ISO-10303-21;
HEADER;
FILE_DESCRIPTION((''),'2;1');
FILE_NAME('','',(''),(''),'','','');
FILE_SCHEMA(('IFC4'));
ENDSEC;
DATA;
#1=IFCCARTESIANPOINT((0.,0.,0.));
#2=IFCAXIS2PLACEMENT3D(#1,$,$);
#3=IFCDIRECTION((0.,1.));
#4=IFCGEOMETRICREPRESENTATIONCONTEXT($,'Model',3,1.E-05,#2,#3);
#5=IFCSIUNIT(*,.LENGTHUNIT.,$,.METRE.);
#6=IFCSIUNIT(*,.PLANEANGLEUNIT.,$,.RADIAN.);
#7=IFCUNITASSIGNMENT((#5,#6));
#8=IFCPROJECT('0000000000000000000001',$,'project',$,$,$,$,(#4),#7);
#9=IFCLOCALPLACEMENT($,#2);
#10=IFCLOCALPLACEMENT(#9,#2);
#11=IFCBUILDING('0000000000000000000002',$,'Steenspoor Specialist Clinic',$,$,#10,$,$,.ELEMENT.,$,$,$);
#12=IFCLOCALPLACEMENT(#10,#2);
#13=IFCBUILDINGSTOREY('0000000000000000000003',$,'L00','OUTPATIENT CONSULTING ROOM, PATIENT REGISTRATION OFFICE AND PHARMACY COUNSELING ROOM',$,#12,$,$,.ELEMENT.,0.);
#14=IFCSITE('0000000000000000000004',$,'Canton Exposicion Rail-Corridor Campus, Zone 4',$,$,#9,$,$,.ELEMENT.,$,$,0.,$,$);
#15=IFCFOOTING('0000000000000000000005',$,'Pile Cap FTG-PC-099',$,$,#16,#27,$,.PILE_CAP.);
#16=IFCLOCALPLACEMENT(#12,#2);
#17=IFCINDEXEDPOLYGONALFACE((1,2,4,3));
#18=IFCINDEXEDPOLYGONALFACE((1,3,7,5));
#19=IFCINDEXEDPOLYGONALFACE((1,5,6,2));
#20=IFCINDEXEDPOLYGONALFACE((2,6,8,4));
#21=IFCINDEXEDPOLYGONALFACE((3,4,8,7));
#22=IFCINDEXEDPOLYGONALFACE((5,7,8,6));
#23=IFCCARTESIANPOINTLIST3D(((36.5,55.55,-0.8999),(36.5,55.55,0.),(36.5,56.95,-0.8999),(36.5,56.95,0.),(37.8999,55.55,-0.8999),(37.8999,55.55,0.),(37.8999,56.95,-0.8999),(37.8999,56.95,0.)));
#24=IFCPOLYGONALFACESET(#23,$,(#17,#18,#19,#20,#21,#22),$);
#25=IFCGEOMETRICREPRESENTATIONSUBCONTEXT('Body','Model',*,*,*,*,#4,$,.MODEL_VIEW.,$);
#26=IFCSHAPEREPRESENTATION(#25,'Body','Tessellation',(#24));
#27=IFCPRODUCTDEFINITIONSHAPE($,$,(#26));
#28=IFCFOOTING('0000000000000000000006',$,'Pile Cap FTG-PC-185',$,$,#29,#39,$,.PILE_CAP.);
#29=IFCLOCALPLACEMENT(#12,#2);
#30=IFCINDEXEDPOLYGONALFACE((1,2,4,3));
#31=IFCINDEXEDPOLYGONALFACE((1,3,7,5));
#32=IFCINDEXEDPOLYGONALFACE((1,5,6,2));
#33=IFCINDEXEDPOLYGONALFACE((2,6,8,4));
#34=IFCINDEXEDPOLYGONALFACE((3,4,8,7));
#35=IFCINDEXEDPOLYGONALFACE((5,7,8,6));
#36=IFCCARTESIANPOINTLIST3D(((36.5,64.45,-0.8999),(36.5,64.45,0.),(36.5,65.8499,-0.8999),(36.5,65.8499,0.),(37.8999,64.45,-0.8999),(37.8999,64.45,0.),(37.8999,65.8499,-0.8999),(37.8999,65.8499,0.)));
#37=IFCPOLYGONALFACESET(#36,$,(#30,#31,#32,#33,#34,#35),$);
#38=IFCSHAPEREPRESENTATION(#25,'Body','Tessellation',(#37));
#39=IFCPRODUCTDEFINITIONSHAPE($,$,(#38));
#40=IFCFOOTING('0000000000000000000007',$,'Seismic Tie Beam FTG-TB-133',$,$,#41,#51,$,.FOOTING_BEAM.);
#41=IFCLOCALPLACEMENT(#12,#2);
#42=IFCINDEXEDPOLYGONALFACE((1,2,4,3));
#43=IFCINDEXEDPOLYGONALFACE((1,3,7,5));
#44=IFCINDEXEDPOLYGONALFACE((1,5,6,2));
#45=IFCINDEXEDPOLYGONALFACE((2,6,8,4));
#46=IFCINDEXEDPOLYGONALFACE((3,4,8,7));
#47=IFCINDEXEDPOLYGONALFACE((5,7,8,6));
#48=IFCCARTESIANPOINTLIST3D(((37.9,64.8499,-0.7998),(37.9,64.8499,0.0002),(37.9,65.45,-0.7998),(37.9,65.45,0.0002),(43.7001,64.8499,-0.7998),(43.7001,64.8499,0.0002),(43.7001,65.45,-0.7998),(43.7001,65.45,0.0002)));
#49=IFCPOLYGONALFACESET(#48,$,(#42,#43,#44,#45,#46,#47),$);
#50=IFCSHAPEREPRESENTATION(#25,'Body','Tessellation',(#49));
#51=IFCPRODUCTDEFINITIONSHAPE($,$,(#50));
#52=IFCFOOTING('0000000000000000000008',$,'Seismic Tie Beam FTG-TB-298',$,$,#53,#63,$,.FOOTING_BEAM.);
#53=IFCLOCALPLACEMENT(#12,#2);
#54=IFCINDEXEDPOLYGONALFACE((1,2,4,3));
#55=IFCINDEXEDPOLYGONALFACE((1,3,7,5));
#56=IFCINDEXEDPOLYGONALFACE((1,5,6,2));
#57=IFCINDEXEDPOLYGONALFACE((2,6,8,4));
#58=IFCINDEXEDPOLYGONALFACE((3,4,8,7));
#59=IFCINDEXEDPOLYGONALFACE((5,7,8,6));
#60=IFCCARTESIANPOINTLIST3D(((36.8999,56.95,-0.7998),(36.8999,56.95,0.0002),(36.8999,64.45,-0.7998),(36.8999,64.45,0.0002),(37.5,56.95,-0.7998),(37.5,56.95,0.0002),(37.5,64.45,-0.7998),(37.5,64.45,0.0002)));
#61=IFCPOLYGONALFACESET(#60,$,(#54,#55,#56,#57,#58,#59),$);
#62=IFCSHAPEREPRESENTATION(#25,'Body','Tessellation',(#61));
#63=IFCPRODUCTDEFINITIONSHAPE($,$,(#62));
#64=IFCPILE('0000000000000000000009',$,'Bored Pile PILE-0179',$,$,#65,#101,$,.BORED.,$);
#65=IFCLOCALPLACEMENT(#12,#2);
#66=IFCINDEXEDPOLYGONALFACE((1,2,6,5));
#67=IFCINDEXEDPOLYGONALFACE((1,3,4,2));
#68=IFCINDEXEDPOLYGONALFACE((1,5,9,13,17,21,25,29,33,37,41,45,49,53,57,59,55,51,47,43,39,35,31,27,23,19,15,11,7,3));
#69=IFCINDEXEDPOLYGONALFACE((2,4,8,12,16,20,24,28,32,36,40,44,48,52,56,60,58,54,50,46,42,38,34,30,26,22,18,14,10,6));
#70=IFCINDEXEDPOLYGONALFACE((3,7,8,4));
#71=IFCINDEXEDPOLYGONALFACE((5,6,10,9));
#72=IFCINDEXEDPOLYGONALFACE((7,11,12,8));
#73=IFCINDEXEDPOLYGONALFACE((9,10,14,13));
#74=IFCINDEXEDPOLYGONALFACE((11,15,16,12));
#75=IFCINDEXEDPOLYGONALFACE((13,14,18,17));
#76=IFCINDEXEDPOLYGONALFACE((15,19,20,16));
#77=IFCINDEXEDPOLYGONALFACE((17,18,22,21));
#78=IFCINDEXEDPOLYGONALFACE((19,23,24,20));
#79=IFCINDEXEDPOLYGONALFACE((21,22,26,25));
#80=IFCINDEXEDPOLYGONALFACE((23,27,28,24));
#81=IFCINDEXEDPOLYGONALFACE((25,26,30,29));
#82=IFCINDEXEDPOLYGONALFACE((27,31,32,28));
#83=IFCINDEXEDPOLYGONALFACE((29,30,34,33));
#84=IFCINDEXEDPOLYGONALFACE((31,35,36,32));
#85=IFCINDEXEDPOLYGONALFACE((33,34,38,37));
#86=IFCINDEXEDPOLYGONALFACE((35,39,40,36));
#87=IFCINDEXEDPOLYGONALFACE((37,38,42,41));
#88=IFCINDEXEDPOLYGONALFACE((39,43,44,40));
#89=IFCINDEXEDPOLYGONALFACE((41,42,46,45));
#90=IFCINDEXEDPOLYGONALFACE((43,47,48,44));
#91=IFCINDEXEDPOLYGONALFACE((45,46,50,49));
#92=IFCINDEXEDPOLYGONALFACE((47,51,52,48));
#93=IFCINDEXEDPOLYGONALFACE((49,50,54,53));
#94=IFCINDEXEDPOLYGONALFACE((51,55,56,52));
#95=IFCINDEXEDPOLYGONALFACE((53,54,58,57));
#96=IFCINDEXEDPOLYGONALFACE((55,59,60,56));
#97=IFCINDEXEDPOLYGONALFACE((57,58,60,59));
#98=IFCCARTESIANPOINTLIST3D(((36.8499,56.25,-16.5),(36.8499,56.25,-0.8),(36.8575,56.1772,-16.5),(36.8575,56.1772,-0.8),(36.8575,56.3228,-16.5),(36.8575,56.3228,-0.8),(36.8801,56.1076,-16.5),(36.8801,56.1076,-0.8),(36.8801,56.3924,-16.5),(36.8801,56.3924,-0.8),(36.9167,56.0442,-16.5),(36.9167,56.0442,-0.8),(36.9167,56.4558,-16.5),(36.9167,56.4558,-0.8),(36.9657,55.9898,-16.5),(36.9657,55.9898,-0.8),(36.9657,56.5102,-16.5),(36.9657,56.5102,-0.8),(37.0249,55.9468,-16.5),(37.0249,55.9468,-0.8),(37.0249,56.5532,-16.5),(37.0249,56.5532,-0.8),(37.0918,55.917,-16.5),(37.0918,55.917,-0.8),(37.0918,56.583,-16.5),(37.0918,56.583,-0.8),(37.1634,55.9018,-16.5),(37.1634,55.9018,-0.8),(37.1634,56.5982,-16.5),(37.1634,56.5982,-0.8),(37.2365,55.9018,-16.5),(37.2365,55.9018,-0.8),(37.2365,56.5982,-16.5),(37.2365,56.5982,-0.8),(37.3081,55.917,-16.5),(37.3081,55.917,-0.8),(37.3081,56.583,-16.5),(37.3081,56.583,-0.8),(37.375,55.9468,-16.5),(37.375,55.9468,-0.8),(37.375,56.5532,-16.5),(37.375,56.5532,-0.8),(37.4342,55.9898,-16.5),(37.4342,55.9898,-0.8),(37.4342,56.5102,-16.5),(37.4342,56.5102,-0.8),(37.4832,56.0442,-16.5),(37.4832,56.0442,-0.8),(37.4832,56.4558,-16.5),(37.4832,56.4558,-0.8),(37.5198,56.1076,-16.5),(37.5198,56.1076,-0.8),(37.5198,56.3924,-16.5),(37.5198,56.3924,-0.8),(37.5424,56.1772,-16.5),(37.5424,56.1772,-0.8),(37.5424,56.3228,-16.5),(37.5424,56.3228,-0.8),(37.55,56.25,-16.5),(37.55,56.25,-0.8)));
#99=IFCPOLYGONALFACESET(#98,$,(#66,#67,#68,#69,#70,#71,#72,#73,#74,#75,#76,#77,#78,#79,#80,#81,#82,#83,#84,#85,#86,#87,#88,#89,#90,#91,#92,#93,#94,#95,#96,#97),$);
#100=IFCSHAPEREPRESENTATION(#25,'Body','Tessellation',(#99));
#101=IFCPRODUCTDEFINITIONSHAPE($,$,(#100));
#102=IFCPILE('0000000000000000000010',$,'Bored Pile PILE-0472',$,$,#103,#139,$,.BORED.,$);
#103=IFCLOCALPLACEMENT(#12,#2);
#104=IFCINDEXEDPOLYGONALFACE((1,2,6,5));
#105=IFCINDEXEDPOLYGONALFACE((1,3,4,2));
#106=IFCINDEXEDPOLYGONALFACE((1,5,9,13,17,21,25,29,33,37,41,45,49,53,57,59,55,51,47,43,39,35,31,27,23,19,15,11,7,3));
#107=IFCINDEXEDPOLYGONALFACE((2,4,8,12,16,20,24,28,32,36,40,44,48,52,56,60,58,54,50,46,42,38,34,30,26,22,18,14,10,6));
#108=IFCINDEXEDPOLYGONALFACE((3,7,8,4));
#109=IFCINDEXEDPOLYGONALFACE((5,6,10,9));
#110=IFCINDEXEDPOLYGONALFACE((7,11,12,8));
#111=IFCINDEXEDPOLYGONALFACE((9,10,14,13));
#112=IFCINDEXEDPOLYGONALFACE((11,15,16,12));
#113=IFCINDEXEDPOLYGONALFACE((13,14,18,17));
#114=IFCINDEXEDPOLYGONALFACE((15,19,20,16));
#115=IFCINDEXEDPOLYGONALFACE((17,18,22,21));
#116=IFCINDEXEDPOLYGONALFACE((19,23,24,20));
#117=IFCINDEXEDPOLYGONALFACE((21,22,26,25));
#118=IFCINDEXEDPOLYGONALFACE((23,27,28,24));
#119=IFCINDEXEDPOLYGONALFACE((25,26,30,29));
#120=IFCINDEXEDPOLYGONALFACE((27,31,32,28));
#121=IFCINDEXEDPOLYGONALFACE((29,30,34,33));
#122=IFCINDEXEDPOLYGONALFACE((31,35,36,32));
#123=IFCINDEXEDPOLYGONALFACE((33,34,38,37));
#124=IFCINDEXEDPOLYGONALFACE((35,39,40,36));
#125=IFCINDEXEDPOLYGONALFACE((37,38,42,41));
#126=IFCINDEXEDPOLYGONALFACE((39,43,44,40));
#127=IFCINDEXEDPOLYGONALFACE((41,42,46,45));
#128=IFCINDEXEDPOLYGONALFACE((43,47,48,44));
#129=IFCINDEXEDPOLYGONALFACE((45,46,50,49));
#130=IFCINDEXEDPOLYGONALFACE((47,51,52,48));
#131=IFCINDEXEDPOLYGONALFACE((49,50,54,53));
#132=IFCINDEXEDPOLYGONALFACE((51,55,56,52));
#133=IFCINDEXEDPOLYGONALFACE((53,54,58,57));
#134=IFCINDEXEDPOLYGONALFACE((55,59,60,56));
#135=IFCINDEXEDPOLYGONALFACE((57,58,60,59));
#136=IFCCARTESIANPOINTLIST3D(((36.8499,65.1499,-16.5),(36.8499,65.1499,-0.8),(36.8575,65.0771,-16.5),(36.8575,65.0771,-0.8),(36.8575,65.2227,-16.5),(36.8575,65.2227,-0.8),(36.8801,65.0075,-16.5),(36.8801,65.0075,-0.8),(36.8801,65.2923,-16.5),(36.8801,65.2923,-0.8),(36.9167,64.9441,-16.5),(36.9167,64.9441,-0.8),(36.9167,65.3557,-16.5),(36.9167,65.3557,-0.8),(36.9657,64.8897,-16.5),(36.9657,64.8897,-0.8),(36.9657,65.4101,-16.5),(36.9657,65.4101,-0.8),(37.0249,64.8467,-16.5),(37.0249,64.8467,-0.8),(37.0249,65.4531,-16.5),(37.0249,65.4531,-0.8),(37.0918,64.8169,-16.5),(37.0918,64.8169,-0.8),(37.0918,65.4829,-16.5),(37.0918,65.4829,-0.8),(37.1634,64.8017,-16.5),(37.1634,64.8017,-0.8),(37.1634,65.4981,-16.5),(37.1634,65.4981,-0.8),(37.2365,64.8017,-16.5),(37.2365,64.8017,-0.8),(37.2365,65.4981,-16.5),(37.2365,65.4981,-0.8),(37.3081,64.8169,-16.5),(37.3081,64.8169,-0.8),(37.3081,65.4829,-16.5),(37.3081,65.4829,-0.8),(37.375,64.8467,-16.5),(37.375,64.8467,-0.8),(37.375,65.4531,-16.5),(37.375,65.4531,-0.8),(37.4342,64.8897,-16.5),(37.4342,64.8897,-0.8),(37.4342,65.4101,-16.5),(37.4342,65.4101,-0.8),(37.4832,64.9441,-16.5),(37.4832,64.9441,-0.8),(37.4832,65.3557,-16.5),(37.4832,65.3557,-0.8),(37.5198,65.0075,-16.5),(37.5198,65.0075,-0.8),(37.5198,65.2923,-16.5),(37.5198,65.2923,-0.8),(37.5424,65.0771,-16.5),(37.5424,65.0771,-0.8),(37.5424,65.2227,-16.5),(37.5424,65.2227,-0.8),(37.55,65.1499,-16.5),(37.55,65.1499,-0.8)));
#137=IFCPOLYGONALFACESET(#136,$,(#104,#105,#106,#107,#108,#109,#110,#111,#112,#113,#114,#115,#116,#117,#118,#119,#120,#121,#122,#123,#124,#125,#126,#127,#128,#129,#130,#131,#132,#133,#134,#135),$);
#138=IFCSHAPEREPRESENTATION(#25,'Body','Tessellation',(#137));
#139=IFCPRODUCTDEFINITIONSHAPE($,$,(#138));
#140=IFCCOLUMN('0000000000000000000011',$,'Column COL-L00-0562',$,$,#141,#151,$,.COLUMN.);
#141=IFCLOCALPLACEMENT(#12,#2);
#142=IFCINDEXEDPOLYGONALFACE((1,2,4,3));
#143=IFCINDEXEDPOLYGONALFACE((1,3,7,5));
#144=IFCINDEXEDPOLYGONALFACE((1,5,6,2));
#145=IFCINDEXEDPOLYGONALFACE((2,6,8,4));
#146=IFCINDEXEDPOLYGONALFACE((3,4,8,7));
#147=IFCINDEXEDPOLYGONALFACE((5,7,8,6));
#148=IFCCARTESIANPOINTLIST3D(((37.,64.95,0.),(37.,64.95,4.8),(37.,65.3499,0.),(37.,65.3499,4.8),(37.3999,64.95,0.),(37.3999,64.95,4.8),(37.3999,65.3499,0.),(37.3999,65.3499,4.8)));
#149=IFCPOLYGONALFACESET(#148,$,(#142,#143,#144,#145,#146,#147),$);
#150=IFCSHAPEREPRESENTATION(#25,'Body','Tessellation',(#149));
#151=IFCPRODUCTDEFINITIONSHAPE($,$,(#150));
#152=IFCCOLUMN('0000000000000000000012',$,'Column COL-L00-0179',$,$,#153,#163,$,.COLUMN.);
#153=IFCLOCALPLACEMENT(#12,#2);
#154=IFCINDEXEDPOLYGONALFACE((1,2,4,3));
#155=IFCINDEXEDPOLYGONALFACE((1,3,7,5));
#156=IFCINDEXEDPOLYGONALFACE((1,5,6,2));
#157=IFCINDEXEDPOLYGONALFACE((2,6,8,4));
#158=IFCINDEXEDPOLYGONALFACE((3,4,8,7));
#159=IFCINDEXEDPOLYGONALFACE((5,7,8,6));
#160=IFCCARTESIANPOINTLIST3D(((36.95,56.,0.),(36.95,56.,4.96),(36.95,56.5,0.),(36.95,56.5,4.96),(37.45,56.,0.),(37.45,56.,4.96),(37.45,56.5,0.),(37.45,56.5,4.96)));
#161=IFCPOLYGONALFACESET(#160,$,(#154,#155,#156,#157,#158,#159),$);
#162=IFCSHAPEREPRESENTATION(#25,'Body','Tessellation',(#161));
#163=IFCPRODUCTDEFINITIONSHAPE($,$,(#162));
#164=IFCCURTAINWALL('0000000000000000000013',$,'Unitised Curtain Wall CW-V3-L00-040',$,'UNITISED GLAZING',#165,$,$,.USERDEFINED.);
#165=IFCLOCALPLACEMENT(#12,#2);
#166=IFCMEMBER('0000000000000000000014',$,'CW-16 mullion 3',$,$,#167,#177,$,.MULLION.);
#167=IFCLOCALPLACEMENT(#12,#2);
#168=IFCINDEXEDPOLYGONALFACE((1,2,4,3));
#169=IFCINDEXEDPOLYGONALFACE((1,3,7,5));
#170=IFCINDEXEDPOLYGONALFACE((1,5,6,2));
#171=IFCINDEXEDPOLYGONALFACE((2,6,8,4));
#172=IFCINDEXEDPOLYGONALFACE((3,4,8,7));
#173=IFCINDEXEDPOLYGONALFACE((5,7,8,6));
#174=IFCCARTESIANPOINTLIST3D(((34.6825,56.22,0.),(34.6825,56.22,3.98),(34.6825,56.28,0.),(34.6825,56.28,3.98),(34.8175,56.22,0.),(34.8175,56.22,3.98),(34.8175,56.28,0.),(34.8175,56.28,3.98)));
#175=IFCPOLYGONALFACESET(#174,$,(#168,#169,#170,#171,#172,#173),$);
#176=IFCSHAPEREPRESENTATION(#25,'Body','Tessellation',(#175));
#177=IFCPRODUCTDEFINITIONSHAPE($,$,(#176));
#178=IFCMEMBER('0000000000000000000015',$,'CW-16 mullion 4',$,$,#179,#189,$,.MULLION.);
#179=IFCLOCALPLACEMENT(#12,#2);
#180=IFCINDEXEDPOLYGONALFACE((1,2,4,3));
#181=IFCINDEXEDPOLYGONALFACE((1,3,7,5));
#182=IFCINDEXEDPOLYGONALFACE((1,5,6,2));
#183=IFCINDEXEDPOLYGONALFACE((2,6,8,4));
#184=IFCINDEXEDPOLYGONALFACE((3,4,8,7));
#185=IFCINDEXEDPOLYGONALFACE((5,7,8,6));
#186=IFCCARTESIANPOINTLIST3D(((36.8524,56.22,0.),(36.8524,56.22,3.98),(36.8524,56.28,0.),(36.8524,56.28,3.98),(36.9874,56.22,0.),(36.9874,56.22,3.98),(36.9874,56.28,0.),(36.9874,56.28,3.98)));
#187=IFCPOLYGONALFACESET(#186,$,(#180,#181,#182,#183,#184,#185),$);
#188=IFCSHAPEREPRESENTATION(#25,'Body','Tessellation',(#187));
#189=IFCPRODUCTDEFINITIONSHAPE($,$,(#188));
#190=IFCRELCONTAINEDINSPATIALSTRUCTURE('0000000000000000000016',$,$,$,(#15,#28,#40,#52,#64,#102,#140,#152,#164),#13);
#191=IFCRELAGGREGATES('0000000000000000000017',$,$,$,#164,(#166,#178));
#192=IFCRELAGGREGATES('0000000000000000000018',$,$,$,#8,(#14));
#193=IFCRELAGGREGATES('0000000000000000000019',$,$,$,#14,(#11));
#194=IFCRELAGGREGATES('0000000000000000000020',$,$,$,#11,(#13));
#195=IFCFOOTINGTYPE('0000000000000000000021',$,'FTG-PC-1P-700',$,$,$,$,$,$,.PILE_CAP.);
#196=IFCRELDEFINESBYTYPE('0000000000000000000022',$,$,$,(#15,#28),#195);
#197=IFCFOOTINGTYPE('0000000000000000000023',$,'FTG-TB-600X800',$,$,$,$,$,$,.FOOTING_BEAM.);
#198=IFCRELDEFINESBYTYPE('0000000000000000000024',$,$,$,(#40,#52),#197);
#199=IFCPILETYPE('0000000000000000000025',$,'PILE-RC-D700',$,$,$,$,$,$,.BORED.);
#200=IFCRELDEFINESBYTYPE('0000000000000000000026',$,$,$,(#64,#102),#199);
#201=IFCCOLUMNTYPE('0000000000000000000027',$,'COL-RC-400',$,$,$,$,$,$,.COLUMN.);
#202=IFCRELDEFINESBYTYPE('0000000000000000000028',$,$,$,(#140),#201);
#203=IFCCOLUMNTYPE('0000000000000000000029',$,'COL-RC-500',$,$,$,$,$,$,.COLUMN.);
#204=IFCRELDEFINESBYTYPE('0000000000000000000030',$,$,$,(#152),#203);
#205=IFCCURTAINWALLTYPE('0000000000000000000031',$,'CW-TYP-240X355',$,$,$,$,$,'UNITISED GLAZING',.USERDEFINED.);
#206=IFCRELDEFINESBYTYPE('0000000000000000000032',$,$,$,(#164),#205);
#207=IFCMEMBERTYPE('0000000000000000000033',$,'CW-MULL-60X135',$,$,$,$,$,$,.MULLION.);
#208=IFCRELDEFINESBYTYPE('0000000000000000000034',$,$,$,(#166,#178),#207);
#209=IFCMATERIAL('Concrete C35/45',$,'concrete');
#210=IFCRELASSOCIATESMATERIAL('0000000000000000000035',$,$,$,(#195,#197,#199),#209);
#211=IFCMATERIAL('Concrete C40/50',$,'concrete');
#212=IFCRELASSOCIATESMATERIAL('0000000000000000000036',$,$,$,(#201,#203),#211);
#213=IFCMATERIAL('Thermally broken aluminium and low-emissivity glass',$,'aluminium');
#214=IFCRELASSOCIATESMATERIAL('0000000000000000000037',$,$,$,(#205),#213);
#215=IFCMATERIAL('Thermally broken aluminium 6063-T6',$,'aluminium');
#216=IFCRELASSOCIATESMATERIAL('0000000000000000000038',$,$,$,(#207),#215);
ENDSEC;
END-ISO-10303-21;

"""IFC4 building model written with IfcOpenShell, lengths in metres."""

from ifc_helpers import new_model, si_unit, direction, frame, origin, origin_2d, place, context, subcontext, project, spatial, rectangle, circle, extrude, material, material_profile, profile_set, type_object, element, aggregate, save


model = new_model("IFC4")

# Units and contexts
model_context = context("Model", 3, precision=1e-05, world=origin(), true_north=direction((0.0, 1.0)))
body_context = subcontext(model_context, "Body", "Model", "MODEL_VIEW")
ifc_project = project(units=[si_unit("LENGTHUNIT", "METRE"), si_unit("PLANEANGLEUNIT", "RADIAN")], contexts=[model_context])

# Site, building, storey
site_placement = place(None, origin())
site = spatial("IfcSite", under=ifc_project, at=site_placement, Name="Canton Exposicion Rail-Corridor Campus, Zone 4", CompositionType="ELEMENT", RefElevation=0.0)
building_placement = place(site_placement, origin())
building = spatial("IfcBuilding", under=site, at=building_placement, Name="Steenspoor Specialist Clinic", CompositionType="ELEMENT")
storey_placement = place(building_placement, origin())
storey = spatial("IfcBuildingStorey", under=building, at=storey_placement, Name="L00", Description="OUTPATIENT CONSULTING ROOM, PATIENT REGISTRATION OFFICE AND PHARMACY COUNSELING ROOM", CompositionType="ELEMENT", Elevation=0.0)

# Footings
ifc_material_1 = material(Name="Concrete C35/45", Category="concrete")
footing_type_1 = type_object("IfcFootingType", Name="FTG-PC-1P-700", PredefinedType="PILE_CAP", material=ifc_material_1)
for number, where, z_axis, x_axis, name in (
    (1, (37.2, 56.25, -0.8999), (0.0, 0.0, 1.0), (1.0, 0.0, 0.0), "Pile Cap FTG-PC-099"),
    (2, (37.2, 65.1499, -0.8999), (0.0, 0.0, 1.0), (1.0, 0.0, 0.0), "Pile Cap FTG-PC-185"),
):
    element("IfcFooting", number, at=place(storey_placement, frame(where, z_axis=z_axis, x_axis=x_axis)), inside=storey, type_object=footing_type_1, Name=name, PredefinedType="PILE_CAP", context=body_context, shape_type="SweptSolid", body=[
        extrude(rectangle(XDim=1.3999, YDim=1.3999, at=origin_2d()), origin(), (0.0, 0.0, 1.0), 0.8999),
    ])
footing_type_2 = type_object("IfcFootingType", Name="FTG-TB-600X800", PredefinedType="FOOTING_BEAM", material=ifc_material_1)
footing_1_placement = place(storey_placement, frame((40.8, 65.1499, -0.7998), z_axis=(0.0, 0.0, 1.0), x_axis=(1.0, 0.0, 0.0)))
element("IfcFooting", 3, at=footing_1_placement, inside=storey, type_object=footing_type_2, Name="Seismic Tie Beam FTG-TB-133", PredefinedType="FOOTING_BEAM", context=body_context, shape_type="SweptSolid", body=[
    extrude(rectangle(XDim=5.8, YDim=0.6001, at=origin_2d()), origin(), (0.0, 0.0, 1.0), 0.8),
])
footing_2_placement = place(storey_placement, frame((37.2, 60.7, -0.7998), z_axis=(0.0, 0.0, 1.0), x_axis=(1.0, 0.0, 0.0)))
element("IfcFooting", 4, at=footing_2_placement, inside=storey, type_object=footing_type_2, Name="Seismic Tie Beam FTG-TB-298", PredefinedType="FOOTING_BEAM", context=body_context, shape_type="SweptSolid", body=[
    extrude(rectangle(XDim=0.6001, YDim=7.5, at=origin_2d()), origin(), (0.0, 0.0, 1.0), 0.8),
])

# Piles
ifc_material_profile_1 = material_profile(ifc_material_1, circle(Radius=0.3501, at=origin_2d()), Name="PILE-D700")
ifc_profile_set_1 = profile_set([ifc_material_profile_1], Name="Concrete C35/45")
pile_type = type_object("IfcPileType", Name="PILE-RC-D700", PredefinedType="BORED", material=ifc_profile_set_1)
for number, where, z_axis, x_axis, name in (
    (5, (37.2, 56.25, -0.8), (0.0, 0.0, -1.0), (1.0, 0.0, 0.0), "Bored Pile PILE-0179"),
    (6, (37.2, 65.1499, -0.8), (0.0, 0.0, -1.0), (1.0, 0.0, 0.0), "Bored Pile PILE-0472"),
):
    element("IfcPile", number, at=place(storey_placement, frame(where, z_axis=z_axis, x_axis=x_axis)), inside=storey, type_object=pile_type, Name=name, PredefinedType="BORED", context=body_context, shape_type="SweptSolid", body=[
        extrude(circle(Radius=0.3501, at=origin_2d()), origin(), (0.0, 0.0, 1.0), 15.7),
    ])

# Columns
ifc_material_2 = material(Name="Concrete C40/50", Category="concrete")
ifc_material_profile_2 = material_profile(ifc_material_2, rectangle(XDim=0.3999, YDim=0.3999, at=origin_2d()), Name="RC-COL-400X400")
ifc_profile_set_2 = profile_set([ifc_material_profile_2], Name="Concrete C40/50")
column_type_1 = type_object("IfcColumnType", Name="COL-RC-400", PredefinedType="COLUMN", material=ifc_profile_set_2)
column_1_placement = place(storey_placement, frame((37.2, 65.1499, 0.0), z_axis=(0.0, 0.0, 1.0), x_axis=(1.0, 0.0, 0.0)))
element("IfcColumn", 7, at=column_1_placement, inside=storey, type_object=column_type_1, Name="Column COL-L00-0562", PredefinedType="COLUMN", context=body_context, shape_type="SweptSolid", body=[
    extrude(rectangle(XDim=0.3999, YDim=0.3999, at=origin_2d()), origin(), (0.0, 0.0, 1.0), 4.8),
])
ifc_material_profile_3 = material_profile(ifc_material_2, rectangle(XDim=0.5, YDim=0.5, at=origin_2d()), Name="RC-COL-500X500")
ifc_profile_set_3 = profile_set([ifc_material_profile_3], Name="Concrete C40/50")
column_type_2 = type_object("IfcColumnType", Name="COL-RC-500", PredefinedType="COLUMN", material=ifc_profile_set_3)
column_2_placement = place(storey_placement, frame((37.2, 56.25, 0.0), z_axis=(0.0, 0.0, 1.0), x_axis=(1.0, 0.0, 0.0)))
element("IfcColumn", 8, at=column_2_placement, inside=storey, type_object=column_type_2, Name="Column COL-L00-0179", PredefinedType="COLUMN", context=body_context, shape_type="SweptSolid", body=[
    extrude(rectangle(XDim=0.5, YDim=0.5, at=origin_2d()), origin(), (0.0, 0.0, 1.0), 4.96),
])

# Curtain wall, members
ifc_material_3 = material(Name="Thermally broken aluminium and low-emissivity glass", Category="aluminium")
curtain_wall_type = type_object("IfcCurtainWallType", Name="CW-TYP-240X355", ElementType="UNITISED GLAZING", PredefinedType="USERDEFINED", material=ifc_material_3)
curtain_wall_placement = place(storey_placement, origin())
curtain_wall = element("IfcCurtainWall", 9, at=curtain_wall_placement, inside=storey, type_object=curtain_wall_type, Name="Unitised Curtain Wall CW-V3-L00-040", ObjectType="UNITISED GLAZING", PredefinedType="USERDEFINED")
ifc_material_4 = material(Name="Thermally broken aluminium 6063-T6", Category="aluminium")
ifc_material_profile_4 = material_profile(ifc_material_4, rectangle(XDim=0.0601, YDim=0.135, at=origin_2d()), Name="CWM-60X135")
ifc_profile_set_4 = profile_set([ifc_material_profile_4], Name="Thermally broken aluminium 6063-T6")
member_type_1 = type_object("IfcMemberType", Name="CW-MULL-60X135", PredefinedType="MULLION", material=ifc_profile_set_4)
member_1_placement = place(storey_placement, frame((34.75, 56.25, 0.0), z_axis=(0.0, 0.0, 1.0), x_axis=(0.0, 1.0, 0.0)))
member_1 = element("IfcMember", 10, at=member_1_placement, type_object=member_type_1, Name="CW-16 mullion 3", PredefinedType="MULLION", context=body_context, shape_type="SweptSolid", body=[
    extrude(rectangle(XDim=0.0601, YDim=0.135, at=origin_2d()), origin(), (0.0, 0.0, 1.0), 3.98),
])
member_2_placement = place(storey_placement, frame((36.9199, 56.25, 0.0), z_axis=(0.0, 0.0, 1.0), x_axis=(0.0, 1.0, 0.0)))
member_2 = element("IfcMember", 11, at=member_2_placement, type_object=member_type_1, Name="CW-16 mullion 4", PredefinedType="MULLION", context=body_context, shape_type="SweptSolid", body=[
    extrude(rectangle(XDim=0.0601, YDim=0.135, at=origin_2d()), origin(), (0.0, 0.0, 1.0), 3.98),
])

aggregate(curtain_wall, [member_1, member_2])

save(model, "model.ifc")
